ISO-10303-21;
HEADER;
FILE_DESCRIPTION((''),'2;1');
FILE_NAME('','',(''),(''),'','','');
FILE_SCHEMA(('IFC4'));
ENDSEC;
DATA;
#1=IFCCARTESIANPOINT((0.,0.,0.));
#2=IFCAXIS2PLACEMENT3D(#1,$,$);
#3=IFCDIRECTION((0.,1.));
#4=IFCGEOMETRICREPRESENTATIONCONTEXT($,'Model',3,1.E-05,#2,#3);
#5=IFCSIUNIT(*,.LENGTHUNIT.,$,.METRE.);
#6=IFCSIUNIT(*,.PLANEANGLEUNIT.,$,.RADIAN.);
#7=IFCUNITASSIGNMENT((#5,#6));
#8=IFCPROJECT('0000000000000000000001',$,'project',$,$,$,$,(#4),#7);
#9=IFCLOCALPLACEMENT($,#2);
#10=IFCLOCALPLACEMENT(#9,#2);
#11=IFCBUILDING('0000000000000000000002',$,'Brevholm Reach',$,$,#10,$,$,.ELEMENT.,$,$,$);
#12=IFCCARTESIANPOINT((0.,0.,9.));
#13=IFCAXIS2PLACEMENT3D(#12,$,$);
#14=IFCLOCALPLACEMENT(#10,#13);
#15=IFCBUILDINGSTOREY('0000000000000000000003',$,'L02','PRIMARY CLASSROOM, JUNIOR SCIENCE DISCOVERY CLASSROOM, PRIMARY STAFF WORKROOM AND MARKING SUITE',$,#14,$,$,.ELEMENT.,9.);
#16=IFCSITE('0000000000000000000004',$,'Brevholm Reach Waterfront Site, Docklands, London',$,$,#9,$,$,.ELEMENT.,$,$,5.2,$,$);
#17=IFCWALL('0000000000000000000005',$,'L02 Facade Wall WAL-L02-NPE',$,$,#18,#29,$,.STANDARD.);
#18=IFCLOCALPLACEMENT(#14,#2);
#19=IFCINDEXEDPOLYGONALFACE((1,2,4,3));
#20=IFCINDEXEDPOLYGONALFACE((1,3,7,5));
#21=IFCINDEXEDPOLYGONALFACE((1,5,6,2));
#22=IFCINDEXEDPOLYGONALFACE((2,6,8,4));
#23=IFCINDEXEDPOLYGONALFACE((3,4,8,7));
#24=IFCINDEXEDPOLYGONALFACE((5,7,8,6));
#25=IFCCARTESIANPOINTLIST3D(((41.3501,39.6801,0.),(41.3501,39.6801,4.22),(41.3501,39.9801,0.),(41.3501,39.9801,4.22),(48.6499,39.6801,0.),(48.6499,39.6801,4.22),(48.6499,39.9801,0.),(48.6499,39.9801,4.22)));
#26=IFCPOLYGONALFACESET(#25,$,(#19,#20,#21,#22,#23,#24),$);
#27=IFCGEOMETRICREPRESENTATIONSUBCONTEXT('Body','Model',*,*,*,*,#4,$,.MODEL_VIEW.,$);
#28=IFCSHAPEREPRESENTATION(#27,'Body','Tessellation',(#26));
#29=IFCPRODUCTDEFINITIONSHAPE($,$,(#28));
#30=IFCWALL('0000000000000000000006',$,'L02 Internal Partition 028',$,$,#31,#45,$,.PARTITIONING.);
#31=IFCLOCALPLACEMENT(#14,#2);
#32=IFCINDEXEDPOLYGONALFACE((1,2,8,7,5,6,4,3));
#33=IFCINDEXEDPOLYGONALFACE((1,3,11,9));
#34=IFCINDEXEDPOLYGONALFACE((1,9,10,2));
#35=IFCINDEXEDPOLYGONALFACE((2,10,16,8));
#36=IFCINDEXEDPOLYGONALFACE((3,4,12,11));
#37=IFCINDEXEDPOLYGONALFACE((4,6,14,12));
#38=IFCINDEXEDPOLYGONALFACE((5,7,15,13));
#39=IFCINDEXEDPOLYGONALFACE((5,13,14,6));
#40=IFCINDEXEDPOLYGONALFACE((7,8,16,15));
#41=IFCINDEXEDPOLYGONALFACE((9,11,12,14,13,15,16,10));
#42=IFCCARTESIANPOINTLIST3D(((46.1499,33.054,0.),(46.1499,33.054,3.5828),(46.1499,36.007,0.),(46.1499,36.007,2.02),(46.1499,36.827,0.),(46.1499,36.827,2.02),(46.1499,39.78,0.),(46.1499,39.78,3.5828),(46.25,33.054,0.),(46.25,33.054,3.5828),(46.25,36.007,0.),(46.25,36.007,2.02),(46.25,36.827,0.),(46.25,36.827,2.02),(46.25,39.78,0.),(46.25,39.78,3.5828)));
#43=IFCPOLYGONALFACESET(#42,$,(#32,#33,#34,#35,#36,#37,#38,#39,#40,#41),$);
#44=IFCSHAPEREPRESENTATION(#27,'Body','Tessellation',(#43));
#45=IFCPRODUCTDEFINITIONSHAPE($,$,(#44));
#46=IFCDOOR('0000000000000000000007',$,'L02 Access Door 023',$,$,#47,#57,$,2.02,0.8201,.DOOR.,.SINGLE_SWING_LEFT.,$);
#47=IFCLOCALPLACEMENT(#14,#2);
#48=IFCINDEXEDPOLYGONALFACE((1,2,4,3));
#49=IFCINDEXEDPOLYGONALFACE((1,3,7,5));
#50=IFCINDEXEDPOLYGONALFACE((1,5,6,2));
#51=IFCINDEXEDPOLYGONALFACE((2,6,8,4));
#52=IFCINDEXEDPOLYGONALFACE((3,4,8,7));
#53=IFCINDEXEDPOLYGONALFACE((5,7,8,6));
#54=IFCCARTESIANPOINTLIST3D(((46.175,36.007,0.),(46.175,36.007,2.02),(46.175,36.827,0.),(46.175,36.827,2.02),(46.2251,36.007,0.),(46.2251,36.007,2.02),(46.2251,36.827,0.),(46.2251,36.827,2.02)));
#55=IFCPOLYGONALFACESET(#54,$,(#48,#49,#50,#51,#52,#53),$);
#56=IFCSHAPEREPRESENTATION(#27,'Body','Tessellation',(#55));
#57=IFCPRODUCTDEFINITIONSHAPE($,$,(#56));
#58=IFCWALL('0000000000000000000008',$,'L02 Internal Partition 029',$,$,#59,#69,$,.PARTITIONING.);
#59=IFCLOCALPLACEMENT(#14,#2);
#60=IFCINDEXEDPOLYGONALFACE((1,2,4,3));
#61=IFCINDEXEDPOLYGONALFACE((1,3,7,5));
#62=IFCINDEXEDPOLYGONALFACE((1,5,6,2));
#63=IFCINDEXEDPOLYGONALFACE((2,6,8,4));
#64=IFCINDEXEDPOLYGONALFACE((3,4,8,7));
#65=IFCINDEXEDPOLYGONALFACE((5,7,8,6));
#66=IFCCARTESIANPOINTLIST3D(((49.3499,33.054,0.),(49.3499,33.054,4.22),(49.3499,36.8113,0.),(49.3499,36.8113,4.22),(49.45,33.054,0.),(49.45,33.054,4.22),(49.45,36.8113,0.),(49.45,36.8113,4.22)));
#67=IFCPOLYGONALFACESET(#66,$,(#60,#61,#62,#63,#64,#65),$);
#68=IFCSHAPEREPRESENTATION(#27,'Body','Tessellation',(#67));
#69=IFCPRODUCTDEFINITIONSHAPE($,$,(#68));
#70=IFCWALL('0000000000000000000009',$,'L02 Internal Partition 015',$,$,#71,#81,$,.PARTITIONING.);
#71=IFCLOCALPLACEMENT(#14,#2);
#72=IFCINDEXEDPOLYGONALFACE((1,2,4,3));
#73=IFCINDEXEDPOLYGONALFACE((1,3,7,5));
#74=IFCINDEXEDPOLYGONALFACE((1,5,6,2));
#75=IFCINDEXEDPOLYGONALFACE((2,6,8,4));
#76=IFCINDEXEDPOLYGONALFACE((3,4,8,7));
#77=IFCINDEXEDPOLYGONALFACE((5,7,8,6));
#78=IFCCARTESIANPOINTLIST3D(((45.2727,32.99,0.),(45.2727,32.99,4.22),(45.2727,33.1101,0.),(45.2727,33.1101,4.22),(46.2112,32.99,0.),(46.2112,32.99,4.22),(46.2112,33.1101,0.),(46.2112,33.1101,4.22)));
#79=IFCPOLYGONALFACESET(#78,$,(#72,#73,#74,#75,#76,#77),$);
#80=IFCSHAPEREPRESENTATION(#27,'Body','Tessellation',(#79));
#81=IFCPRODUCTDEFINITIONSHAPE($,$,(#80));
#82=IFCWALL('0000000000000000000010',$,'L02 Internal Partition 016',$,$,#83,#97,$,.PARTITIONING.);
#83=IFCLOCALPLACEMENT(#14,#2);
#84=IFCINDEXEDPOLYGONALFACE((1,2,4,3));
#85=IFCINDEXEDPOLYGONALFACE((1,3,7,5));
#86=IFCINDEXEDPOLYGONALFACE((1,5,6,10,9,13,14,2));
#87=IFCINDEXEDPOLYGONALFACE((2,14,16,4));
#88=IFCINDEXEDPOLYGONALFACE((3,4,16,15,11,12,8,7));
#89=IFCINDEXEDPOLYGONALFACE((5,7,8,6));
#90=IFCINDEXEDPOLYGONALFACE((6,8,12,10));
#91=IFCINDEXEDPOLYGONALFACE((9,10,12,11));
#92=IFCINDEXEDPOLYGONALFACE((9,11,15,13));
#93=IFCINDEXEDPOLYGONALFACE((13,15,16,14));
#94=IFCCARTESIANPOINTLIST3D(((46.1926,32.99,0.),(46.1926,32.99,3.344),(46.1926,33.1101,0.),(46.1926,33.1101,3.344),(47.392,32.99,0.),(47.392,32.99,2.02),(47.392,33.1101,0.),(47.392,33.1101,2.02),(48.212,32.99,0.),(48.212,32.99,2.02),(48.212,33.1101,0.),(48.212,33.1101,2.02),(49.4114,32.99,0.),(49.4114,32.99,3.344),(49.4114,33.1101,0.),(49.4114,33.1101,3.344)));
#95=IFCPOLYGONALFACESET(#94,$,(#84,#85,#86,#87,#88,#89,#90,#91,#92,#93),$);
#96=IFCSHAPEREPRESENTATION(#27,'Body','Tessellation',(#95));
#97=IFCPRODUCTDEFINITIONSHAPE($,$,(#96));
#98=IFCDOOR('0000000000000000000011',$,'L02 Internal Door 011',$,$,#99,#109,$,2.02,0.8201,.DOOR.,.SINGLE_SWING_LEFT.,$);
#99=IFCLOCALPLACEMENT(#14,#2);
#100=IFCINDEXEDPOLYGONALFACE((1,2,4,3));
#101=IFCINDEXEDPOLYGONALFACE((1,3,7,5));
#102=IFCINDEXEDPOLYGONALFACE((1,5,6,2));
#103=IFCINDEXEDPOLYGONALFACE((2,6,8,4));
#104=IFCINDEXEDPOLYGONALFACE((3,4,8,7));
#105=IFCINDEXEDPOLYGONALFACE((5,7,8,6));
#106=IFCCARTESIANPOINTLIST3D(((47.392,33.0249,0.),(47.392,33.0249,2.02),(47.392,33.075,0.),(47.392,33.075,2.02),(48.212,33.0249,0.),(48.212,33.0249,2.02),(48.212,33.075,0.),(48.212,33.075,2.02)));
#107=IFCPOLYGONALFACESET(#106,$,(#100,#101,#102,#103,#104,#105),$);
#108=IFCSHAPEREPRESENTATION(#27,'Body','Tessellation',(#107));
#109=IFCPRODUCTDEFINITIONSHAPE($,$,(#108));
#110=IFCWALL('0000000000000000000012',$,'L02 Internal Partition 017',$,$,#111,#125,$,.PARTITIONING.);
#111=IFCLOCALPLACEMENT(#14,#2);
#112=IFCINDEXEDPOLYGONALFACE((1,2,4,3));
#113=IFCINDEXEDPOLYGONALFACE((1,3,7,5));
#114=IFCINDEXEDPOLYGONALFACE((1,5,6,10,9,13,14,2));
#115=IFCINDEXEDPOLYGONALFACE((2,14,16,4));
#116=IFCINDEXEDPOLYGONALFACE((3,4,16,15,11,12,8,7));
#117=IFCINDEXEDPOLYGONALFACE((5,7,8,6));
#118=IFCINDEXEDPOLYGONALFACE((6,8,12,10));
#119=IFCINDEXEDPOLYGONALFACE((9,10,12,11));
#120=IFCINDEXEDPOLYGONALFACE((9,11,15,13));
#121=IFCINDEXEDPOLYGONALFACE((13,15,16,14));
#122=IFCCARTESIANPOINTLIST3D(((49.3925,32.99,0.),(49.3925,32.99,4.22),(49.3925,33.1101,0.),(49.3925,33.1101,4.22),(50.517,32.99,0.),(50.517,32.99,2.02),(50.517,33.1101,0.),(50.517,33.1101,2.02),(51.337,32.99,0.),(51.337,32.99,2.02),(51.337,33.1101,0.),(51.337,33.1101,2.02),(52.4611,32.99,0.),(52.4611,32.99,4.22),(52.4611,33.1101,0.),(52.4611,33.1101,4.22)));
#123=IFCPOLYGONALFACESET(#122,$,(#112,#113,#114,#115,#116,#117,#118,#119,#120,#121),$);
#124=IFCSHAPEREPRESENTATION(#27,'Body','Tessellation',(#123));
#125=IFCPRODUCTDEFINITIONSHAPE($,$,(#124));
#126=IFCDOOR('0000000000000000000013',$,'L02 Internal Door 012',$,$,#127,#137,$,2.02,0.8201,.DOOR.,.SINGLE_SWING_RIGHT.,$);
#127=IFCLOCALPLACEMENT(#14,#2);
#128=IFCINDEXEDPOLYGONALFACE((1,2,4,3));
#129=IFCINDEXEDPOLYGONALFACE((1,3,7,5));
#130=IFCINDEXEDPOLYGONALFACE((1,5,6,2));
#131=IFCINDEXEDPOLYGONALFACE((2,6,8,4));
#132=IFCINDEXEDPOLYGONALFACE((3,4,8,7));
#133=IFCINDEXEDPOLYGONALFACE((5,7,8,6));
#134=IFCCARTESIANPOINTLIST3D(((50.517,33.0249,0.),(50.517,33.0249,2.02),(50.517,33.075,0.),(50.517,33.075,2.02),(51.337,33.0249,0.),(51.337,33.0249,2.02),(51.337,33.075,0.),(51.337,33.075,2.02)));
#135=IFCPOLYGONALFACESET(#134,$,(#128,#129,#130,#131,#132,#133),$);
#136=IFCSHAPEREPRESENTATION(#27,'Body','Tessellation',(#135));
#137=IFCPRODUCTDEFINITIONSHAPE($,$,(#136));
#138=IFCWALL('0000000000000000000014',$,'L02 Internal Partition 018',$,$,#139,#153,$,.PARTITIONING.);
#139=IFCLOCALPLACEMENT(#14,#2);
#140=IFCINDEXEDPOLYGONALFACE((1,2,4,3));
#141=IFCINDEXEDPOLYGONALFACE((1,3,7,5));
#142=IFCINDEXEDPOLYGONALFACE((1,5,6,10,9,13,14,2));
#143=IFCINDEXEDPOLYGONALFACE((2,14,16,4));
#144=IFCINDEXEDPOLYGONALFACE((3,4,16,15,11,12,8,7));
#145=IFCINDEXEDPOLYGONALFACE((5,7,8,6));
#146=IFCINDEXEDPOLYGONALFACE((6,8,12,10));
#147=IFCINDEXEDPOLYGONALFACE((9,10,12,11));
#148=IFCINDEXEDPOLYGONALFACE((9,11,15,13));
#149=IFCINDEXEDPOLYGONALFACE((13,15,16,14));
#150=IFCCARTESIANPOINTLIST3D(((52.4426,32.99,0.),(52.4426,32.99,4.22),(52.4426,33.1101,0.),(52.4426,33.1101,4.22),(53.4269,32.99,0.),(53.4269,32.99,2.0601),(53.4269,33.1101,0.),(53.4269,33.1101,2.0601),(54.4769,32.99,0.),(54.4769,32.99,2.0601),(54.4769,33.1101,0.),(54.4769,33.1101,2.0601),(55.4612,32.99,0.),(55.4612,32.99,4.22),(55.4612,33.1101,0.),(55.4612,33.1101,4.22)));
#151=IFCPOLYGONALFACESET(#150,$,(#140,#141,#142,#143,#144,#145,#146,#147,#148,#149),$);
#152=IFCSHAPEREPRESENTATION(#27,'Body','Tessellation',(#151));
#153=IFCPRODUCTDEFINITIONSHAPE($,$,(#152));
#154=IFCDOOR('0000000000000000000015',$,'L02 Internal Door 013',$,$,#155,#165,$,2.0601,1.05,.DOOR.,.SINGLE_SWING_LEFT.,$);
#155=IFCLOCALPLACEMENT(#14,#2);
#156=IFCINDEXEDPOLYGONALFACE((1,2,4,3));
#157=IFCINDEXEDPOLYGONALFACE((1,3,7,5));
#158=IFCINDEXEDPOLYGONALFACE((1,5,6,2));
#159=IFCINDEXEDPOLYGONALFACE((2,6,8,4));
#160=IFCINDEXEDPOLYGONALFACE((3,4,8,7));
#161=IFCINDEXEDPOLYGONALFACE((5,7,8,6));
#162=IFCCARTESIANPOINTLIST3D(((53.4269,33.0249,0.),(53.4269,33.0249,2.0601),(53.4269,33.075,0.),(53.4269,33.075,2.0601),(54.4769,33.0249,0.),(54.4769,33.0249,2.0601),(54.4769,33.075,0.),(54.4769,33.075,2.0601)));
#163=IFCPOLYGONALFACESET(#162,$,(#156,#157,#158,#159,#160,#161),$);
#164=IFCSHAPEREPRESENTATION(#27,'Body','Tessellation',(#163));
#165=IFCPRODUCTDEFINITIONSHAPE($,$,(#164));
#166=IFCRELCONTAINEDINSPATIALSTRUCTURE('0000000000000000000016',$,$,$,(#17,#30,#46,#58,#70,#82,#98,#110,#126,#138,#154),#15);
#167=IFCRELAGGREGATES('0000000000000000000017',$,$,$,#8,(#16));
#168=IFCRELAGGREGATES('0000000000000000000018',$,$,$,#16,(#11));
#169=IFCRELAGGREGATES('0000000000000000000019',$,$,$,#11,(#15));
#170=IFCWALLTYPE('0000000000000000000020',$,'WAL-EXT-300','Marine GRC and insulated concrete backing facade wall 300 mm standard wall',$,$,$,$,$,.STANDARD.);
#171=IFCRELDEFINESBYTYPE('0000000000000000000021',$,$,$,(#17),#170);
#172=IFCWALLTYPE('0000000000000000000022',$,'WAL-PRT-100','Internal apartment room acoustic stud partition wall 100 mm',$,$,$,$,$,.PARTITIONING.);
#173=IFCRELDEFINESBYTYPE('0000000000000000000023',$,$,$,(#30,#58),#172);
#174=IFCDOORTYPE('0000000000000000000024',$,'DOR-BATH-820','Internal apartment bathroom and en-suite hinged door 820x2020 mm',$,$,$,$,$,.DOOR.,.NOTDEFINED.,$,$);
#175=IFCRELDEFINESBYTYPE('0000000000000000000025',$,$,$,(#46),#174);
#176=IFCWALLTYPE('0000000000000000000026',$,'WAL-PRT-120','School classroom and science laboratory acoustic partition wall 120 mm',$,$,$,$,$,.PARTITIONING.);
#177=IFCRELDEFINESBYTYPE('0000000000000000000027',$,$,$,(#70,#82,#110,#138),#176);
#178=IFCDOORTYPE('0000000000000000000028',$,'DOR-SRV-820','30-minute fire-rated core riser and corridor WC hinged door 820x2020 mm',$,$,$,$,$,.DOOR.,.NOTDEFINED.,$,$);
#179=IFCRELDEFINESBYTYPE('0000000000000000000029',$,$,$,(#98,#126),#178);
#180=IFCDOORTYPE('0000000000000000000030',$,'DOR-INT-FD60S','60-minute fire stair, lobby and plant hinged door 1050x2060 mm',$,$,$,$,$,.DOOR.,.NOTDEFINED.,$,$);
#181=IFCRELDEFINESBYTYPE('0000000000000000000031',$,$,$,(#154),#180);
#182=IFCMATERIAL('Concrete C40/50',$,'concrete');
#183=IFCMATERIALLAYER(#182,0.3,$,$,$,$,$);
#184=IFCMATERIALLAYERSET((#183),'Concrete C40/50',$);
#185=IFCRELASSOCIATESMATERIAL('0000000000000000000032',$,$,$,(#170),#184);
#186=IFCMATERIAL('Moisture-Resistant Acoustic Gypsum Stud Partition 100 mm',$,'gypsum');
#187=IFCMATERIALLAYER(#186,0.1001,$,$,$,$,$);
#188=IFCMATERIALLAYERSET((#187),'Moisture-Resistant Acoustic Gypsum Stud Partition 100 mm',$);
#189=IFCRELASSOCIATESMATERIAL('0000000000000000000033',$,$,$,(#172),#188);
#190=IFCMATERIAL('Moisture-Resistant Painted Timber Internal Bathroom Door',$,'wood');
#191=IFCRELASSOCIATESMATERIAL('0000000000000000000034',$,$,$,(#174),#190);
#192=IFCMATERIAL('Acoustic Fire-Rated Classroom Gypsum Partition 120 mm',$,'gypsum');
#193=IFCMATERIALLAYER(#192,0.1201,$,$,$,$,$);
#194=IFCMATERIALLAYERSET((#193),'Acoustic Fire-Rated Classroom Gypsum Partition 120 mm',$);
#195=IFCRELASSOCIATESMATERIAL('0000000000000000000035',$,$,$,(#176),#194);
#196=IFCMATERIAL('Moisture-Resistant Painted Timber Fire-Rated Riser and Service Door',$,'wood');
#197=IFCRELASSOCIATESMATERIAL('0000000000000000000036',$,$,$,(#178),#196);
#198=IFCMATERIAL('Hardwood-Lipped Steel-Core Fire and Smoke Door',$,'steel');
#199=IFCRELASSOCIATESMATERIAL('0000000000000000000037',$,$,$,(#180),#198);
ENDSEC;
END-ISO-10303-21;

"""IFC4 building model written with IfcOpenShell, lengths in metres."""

from ifc_helpers import new_model, si_unit, direction, frame, frame_2d, origin, place, context, subcontext, project, spatial, rectangle, extrude, material, layer, layer_set, type_object, element, fill, save


model = new_model("IFC4")

# Units and contexts
model_context = context("Model", 3, precision=1e-05, world=origin(), true_north=direction((0.0, 1.0)))
body_context = subcontext(model_context, "Body", "Model", "MODEL_VIEW")
ifc_project = project(units=[si_unit("LENGTHUNIT", "METRE"), si_unit("PLANEANGLEUNIT", "RADIAN")], contexts=[model_context])

# Site, building, storey
site_placement = place(None, origin())
site = spatial("IfcSite", under=ifc_project, at=site_placement, Name="Brevholm Reach Waterfront Site, Docklands, London", CompositionType="ELEMENT", RefElevation=5.2)
building_placement = place(site_placement, origin())
building = spatial("IfcBuilding", under=site, at=building_placement, Name="Brevholm Reach", CompositionType="ELEMENT")
storey_placement = place(building_placement, frame((0.0, 0.0, 9.0)))
storey = spatial("IfcBuildingStorey", under=building, at=storey_placement, Name="L02", Description="PRIMARY CLASSROOM, JUNIOR SCIENCE DISCOVERY CLASSROOM, PRIMARY STAFF WORKROOM AND MARKING SUITE", CompositionType="ELEMENT", Elevation=9.0)

# Wall
ifc_material_1 = material(Name="Concrete C40/50", Category="concrete")
ifc_layer_1 = layer(ifc_material_1, 0.3)
ifc_layer_set_1 = layer_set([ifc_layer_1], Name="Concrete C40/50")
wall_type_1 = type_object("IfcWallType", Name="WAL-EXT-300", Description="Marine GRC and insulated concrete backing facade wall 300 mm standard wall", PredefinedType="STANDARD", material=ifc_layer_set_1)
wall_1_placement = place(storey_placement, frame((41.3501, 39.8301, 0.0), z_axis=(0.0, 0.0, 1.0), x_axis=(1.0, 0.0, 0.0)))
element("IfcWall", 1, at=wall_1_placement, inside=storey, type_object=wall_type_1, Name="L02 Facade Wall WAL-L02-NPE", PredefinedType="STANDARD", context=body_context, shape_type="SweptSolid", body=[
    extrude(rectangle(XDim=7.2998, YDim=0.3, at=frame_2d((3.6499, 0.0))), origin(), (0.0, 0.0, 1.0), 4.22),
])

# Wall, opening, door
ifc_material_2 = material(Name="Moisture-Resistant Acoustic Gypsum Stud Partition 100 mm", Category="gypsum")
ifc_layer_2 = layer(ifc_material_2, 0.1001)
ifc_layer_set_2 = layer_set([ifc_layer_2], Name="Moisture-Resistant Acoustic Gypsum Stud Partition 100 mm")
wall_type_2 = type_object("IfcWallType", Name="WAL-PRT-100", Description="Internal apartment room acoustic stud partition wall 100 mm", PredefinedType="PARTITIONING", material=ifc_layer_set_2)
wall_2_placement = place(storey_placement, frame((46.2, 33.054, 0.0), z_axis=(0.0, 0.0, 1.0), x_axis=(0.0, 1.0, 0.0)))
wall_2 = element("IfcWall", 2, at=wall_2_placement, inside=storey, type_object=wall_type_2, Name="L02 Internal Partition 028", PredefinedType="PARTITIONING", context=body_context, shape_type="SweptSolid", body=[
    extrude(rectangle(XDim=6.7261, YDim=0.1001, at=frame_2d((3.363, 0.0))), origin(), (0.0, 0.0, 1.0), 3.5828),
])
opening_1_placement = place(wall_2_placement, frame((2.9529, 0.0, 0.0)))
opening_1 = element("IfcOpeningElement", 3, at=opening_1_placement, cuts=wall_2, PredefinedType="OPENING", context=body_context, shape_type="SweptSolid", body=[
    extrude(rectangle(XDim=0.8201, YDim=2.02, at=frame_2d((0.4102, 1.01))), frame((0.0, 0.0601, 0.0), z_axis=(0.0, -1.0, 0.0), x_axis=(1.0, 0.0, 0.0)), (0.0, 0.0, 1.0), 0.1201),
])
ifc_material_3 = material(Name="Moisture-Resistant Painted Timber Internal Bathroom Door", Category="wood")
door_type_1 = type_object("IfcDoorType", Name="DOR-BATH-820", Description="Internal apartment bathroom and en-suite hinged door 820x2020 mm", OperationType="NOTDEFINED", PredefinedType="DOOR", material=ifc_material_3)
door_1_placement = place(opening_1_placement, origin())
door_1 = element("IfcDoor", 4, at=door_1_placement, inside=storey, type_object=door_type_1, Name="L02 Access Door 023", OperationType="SINGLE_SWING_LEFT", OverallHeight=2.02, OverallWidth=0.8201, PredefinedType="DOOR", context=body_context, shape_type="SweptSolid", body=[
    extrude(rectangle(XDim=0.8201, YDim=2.02, at=frame_2d((0.4102, 1.01))), frame((0.0, 0.0249, 0.0), z_axis=(0.0, -1.0, 0.0), x_axis=(1.0, 0.0, 0.0)), (0.0, 0.0, 1.0), 0.05),
])
fill(opening_1, door_1)

# Walls
wall_3_placement = place(storey_placement, frame((49.3999, 33.054, 0.0), z_axis=(0.0, 0.0, 1.0), x_axis=(0.0, 1.0, 0.0)))
element("IfcWall", 5, at=wall_3_placement, inside=storey, type_object=wall_type_2, Name="L02 Internal Partition 029", PredefinedType="PARTITIONING", context=body_context, shape_type="SweptSolid", body=[
    extrude(rectangle(XDim=3.7573, YDim=0.1001, at=frame_2d((1.8787, 0.0))), origin(), (0.0, 0.0, 1.0), 4.22),
])
ifc_material_4 = material(Name="Acoustic Fire-Rated Classroom Gypsum Partition 120 mm", Category="gypsum")
ifc_layer_3 = layer(ifc_material_4, 0.1201)
ifc_layer_set_3 = layer_set([ifc_layer_3], Name="Acoustic Fire-Rated Classroom Gypsum Partition 120 mm")
wall_type_3 = type_object("IfcWallType", Name="WAL-PRT-120", Description="School classroom and science laboratory acoustic partition wall 120 mm", PredefinedType="PARTITIONING", material=ifc_layer_set_3)
wall_4_placement = place(storey_placement, frame((45.2727, 33.05, 0.0), z_axis=(0.0, 0.0, 1.0), x_axis=(1.0, 0.0, 0.0)))
element("IfcWall", 6, at=wall_4_placement, inside=storey, type_object=wall_type_3, Name="L02 Internal Partition 015", PredefinedType="PARTITIONING", context=body_context, shape_type="SweptSolid", body=[
    extrude(rectangle(XDim=0.9385, YDim=0.1201, at=frame_2d((0.4692, 0.0))), origin(), (0.0, 0.0, 1.0), 4.22),
])

# Walls, openings, doors
wall_5_placement = place(storey_placement, frame((46.1926, 33.05, 0.0), z_axis=(0.0, 0.0, 1.0), x_axis=(1.0, 0.0, 0.0)))
wall_5 = element("IfcWall", 7, at=wall_5_placement, inside=storey, type_object=wall_type_3, Name="L02 Internal Partition 016", PredefinedType="PARTITIONING", context=body_context, shape_type="SweptSolid", body=[
    extrude(rectangle(XDim=3.2188, YDim=0.1201, at=frame_2d((1.6094, 0.0))), origin(), (0.0, 0.0, 1.0), 3.344),
])
opening_2_placement = place(wall_5_placement, frame((1.1992, 0.0, 0.0)))
opening_2 = element("IfcOpeningElement", 8, at=opening_2_placement, cuts=wall_5, PredefinedType="OPENING", context=body_context, shape_type="SweptSolid", body=[
    extrude(rectangle(XDim=0.8201, YDim=2.02, at=frame_2d((0.4102, 1.01))), frame((0.0, 0.0701, 0.0), z_axis=(0.0, -1.0, 0.0), x_axis=(1.0, 0.0, 0.0)), (0.0, 0.0, 1.0), 0.1401),
])
ifc_material_5 = material(Name="Moisture-Resistant Painted Timber Fire-Rated Riser and Service Door", Category="wood")
door_type_2 = type_object("IfcDoorType", Name="DOR-SRV-820", Description="30-minute fire-rated core riser and corridor WC hinged door 820x2020 mm", OperationType="NOTDEFINED", PredefinedType="DOOR", material=ifc_material_5)
door_2_placement = place(opening_2_placement, origin())
door_2 = element("IfcDoor", 9, at=door_2_placement, inside=storey, type_object=door_type_2, Name="L02 Internal Door 011", OperationType="SINGLE_SWING_LEFT", OverallHeight=2.02, OverallWidth=0.8201, PredefinedType="DOOR", context=body_context, shape_type="SweptSolid", body=[
    extrude(rectangle(XDim=0.8201, YDim=2.02, at=frame_2d((0.4102, 1.01))), frame((0.0, 0.0249, 0.0), z_axis=(0.0, -1.0, 0.0), x_axis=(1.0, 0.0, 0.0)), (0.0, 0.0, 1.0), 0.05),
])
fill(opening_2, door_2)
wall_6_placement = place(storey_placement, frame((49.3926, 33.05, 0.0), z_axis=(0.0, 0.0, 1.0), x_axis=(1.0, 0.0, 0.0)))
wall_6 = element("IfcWall", 10, at=wall_6_placement, inside=storey, type_object=wall_type_3, Name="L02 Internal Partition 017", PredefinedType="PARTITIONING", context=body_context, shape_type="SweptSolid", body=[
    extrude(rectangle(XDim=3.0686, YDim=0.1201, at=frame_2d((1.5342, 0.0))), origin(), (0.0, 0.0, 1.0), 4.22),
])
opening_3_placement = place(wall_6_placement, frame((1.1243, 0.0, 0.0)))
opening_3 = element("IfcOpeningElement", 11, at=opening_3_placement, cuts=wall_6, PredefinedType="OPENING", context=body_context, shape_type="SweptSolid", body=[
    extrude(rectangle(XDim=0.8201, YDim=2.02, at=frame_2d((0.4102, 1.01))), frame((0.0, 0.0701, 0.0), z_axis=(0.0, -1.0, 0.0), x_axis=(1.0, 0.0, 0.0)), (0.0, 0.0, 1.0), 0.1401),
])
door_3_placement = place(opening_3_placement, origin())
door_3 = element("IfcDoor", 12, at=door_3_placement, inside=storey, type_object=door_type_2, Name="L02 Internal Door 012", OperationType="SINGLE_SWING_RIGHT", OverallHeight=2.02, OverallWidth=0.8201, PredefinedType="DOOR", context=body_context, shape_type="SweptSolid", body=[
    extrude(rectangle(XDim=0.8201, YDim=2.02, at=frame_2d((0.4102, 1.01))), frame((0.0, 0.0249, 0.0), z_axis=(0.0, -1.0, 0.0), x_axis=(1.0, 0.0, 0.0)), (0.0, 0.0, 1.0), 0.05),
])
fill(opening_3, door_3)
wall_7_placement = place(storey_placement, frame((52.4426, 33.05, 0.0), z_axis=(0.0, 0.0, 1.0), x_axis=(1.0, 0.0, 0.0)))
wall_7 = element("IfcWall", 13, at=wall_7_placement, inside=storey, type_object=wall_type_3, Name="L02 Internal Partition 018", PredefinedType="PARTITIONING", context=body_context, shape_type="SweptSolid", body=[
    extrude(rectangle(XDim=3.0186, YDim=0.1201, at=frame_2d((1.5093, 0.0))), origin(), (0.0, 0.0, 1.0), 4.22),
])
opening_4_placement = place(wall_7_placement, frame((0.9844, 0.0, 0.0)))
opening_4 = element("IfcOpeningElement", 14, at=opening_4_placement, cuts=wall_7, PredefinedType="OPENING", context=body_context, shape_type="SweptSolid", body=[
    extrude(rectangle(XDim=1.05, YDim=2.0601, at=frame_2d((0.5249, 1.03))), frame((0.0, 0.0701, 0.0), z_axis=(0.0, -1.0, 0.0), x_axis=(1.0, 0.0, 0.0)), (0.0, 0.0, 1.0), 0.1401),
])
ifc_material_6 = material(Name="Hardwood-Lipped Steel-Core Fire and Smoke Door", Category="steel")
door_type_3 = type_object("IfcDoorType", Name="DOR-INT-FD60S", Description="60-minute fire stair, lobby and plant hinged door 1050x2060 mm", OperationType="NOTDEFINED", PredefinedType="DOOR", material=ifc_material_6)
door_4_placement = place(opening_4_placement, origin())
door_4 = element("IfcDoor", 15, at=door_4_placement, inside=storey, type_object=door_type_3, Name="L02 Internal Door 013", OperationType="SINGLE_SWING_LEFT", OverallHeight=2.0601, OverallWidth=1.05, PredefinedType="DOOR", context=body_context, shape_type="SweptSolid", body=[
    extrude(rectangle(XDim=1.05, YDim=2.0601, at=frame_2d((0.5249, 1.03))), frame((0.0, 0.0249, 0.0), z_axis=(0.0, -1.0, 0.0), x_axis=(1.0, 0.0, 0.0)), (0.0, 0.0, 1.0), 0.05),
])
fill(opening_4, door_4)

save(model, "model.ifc")
